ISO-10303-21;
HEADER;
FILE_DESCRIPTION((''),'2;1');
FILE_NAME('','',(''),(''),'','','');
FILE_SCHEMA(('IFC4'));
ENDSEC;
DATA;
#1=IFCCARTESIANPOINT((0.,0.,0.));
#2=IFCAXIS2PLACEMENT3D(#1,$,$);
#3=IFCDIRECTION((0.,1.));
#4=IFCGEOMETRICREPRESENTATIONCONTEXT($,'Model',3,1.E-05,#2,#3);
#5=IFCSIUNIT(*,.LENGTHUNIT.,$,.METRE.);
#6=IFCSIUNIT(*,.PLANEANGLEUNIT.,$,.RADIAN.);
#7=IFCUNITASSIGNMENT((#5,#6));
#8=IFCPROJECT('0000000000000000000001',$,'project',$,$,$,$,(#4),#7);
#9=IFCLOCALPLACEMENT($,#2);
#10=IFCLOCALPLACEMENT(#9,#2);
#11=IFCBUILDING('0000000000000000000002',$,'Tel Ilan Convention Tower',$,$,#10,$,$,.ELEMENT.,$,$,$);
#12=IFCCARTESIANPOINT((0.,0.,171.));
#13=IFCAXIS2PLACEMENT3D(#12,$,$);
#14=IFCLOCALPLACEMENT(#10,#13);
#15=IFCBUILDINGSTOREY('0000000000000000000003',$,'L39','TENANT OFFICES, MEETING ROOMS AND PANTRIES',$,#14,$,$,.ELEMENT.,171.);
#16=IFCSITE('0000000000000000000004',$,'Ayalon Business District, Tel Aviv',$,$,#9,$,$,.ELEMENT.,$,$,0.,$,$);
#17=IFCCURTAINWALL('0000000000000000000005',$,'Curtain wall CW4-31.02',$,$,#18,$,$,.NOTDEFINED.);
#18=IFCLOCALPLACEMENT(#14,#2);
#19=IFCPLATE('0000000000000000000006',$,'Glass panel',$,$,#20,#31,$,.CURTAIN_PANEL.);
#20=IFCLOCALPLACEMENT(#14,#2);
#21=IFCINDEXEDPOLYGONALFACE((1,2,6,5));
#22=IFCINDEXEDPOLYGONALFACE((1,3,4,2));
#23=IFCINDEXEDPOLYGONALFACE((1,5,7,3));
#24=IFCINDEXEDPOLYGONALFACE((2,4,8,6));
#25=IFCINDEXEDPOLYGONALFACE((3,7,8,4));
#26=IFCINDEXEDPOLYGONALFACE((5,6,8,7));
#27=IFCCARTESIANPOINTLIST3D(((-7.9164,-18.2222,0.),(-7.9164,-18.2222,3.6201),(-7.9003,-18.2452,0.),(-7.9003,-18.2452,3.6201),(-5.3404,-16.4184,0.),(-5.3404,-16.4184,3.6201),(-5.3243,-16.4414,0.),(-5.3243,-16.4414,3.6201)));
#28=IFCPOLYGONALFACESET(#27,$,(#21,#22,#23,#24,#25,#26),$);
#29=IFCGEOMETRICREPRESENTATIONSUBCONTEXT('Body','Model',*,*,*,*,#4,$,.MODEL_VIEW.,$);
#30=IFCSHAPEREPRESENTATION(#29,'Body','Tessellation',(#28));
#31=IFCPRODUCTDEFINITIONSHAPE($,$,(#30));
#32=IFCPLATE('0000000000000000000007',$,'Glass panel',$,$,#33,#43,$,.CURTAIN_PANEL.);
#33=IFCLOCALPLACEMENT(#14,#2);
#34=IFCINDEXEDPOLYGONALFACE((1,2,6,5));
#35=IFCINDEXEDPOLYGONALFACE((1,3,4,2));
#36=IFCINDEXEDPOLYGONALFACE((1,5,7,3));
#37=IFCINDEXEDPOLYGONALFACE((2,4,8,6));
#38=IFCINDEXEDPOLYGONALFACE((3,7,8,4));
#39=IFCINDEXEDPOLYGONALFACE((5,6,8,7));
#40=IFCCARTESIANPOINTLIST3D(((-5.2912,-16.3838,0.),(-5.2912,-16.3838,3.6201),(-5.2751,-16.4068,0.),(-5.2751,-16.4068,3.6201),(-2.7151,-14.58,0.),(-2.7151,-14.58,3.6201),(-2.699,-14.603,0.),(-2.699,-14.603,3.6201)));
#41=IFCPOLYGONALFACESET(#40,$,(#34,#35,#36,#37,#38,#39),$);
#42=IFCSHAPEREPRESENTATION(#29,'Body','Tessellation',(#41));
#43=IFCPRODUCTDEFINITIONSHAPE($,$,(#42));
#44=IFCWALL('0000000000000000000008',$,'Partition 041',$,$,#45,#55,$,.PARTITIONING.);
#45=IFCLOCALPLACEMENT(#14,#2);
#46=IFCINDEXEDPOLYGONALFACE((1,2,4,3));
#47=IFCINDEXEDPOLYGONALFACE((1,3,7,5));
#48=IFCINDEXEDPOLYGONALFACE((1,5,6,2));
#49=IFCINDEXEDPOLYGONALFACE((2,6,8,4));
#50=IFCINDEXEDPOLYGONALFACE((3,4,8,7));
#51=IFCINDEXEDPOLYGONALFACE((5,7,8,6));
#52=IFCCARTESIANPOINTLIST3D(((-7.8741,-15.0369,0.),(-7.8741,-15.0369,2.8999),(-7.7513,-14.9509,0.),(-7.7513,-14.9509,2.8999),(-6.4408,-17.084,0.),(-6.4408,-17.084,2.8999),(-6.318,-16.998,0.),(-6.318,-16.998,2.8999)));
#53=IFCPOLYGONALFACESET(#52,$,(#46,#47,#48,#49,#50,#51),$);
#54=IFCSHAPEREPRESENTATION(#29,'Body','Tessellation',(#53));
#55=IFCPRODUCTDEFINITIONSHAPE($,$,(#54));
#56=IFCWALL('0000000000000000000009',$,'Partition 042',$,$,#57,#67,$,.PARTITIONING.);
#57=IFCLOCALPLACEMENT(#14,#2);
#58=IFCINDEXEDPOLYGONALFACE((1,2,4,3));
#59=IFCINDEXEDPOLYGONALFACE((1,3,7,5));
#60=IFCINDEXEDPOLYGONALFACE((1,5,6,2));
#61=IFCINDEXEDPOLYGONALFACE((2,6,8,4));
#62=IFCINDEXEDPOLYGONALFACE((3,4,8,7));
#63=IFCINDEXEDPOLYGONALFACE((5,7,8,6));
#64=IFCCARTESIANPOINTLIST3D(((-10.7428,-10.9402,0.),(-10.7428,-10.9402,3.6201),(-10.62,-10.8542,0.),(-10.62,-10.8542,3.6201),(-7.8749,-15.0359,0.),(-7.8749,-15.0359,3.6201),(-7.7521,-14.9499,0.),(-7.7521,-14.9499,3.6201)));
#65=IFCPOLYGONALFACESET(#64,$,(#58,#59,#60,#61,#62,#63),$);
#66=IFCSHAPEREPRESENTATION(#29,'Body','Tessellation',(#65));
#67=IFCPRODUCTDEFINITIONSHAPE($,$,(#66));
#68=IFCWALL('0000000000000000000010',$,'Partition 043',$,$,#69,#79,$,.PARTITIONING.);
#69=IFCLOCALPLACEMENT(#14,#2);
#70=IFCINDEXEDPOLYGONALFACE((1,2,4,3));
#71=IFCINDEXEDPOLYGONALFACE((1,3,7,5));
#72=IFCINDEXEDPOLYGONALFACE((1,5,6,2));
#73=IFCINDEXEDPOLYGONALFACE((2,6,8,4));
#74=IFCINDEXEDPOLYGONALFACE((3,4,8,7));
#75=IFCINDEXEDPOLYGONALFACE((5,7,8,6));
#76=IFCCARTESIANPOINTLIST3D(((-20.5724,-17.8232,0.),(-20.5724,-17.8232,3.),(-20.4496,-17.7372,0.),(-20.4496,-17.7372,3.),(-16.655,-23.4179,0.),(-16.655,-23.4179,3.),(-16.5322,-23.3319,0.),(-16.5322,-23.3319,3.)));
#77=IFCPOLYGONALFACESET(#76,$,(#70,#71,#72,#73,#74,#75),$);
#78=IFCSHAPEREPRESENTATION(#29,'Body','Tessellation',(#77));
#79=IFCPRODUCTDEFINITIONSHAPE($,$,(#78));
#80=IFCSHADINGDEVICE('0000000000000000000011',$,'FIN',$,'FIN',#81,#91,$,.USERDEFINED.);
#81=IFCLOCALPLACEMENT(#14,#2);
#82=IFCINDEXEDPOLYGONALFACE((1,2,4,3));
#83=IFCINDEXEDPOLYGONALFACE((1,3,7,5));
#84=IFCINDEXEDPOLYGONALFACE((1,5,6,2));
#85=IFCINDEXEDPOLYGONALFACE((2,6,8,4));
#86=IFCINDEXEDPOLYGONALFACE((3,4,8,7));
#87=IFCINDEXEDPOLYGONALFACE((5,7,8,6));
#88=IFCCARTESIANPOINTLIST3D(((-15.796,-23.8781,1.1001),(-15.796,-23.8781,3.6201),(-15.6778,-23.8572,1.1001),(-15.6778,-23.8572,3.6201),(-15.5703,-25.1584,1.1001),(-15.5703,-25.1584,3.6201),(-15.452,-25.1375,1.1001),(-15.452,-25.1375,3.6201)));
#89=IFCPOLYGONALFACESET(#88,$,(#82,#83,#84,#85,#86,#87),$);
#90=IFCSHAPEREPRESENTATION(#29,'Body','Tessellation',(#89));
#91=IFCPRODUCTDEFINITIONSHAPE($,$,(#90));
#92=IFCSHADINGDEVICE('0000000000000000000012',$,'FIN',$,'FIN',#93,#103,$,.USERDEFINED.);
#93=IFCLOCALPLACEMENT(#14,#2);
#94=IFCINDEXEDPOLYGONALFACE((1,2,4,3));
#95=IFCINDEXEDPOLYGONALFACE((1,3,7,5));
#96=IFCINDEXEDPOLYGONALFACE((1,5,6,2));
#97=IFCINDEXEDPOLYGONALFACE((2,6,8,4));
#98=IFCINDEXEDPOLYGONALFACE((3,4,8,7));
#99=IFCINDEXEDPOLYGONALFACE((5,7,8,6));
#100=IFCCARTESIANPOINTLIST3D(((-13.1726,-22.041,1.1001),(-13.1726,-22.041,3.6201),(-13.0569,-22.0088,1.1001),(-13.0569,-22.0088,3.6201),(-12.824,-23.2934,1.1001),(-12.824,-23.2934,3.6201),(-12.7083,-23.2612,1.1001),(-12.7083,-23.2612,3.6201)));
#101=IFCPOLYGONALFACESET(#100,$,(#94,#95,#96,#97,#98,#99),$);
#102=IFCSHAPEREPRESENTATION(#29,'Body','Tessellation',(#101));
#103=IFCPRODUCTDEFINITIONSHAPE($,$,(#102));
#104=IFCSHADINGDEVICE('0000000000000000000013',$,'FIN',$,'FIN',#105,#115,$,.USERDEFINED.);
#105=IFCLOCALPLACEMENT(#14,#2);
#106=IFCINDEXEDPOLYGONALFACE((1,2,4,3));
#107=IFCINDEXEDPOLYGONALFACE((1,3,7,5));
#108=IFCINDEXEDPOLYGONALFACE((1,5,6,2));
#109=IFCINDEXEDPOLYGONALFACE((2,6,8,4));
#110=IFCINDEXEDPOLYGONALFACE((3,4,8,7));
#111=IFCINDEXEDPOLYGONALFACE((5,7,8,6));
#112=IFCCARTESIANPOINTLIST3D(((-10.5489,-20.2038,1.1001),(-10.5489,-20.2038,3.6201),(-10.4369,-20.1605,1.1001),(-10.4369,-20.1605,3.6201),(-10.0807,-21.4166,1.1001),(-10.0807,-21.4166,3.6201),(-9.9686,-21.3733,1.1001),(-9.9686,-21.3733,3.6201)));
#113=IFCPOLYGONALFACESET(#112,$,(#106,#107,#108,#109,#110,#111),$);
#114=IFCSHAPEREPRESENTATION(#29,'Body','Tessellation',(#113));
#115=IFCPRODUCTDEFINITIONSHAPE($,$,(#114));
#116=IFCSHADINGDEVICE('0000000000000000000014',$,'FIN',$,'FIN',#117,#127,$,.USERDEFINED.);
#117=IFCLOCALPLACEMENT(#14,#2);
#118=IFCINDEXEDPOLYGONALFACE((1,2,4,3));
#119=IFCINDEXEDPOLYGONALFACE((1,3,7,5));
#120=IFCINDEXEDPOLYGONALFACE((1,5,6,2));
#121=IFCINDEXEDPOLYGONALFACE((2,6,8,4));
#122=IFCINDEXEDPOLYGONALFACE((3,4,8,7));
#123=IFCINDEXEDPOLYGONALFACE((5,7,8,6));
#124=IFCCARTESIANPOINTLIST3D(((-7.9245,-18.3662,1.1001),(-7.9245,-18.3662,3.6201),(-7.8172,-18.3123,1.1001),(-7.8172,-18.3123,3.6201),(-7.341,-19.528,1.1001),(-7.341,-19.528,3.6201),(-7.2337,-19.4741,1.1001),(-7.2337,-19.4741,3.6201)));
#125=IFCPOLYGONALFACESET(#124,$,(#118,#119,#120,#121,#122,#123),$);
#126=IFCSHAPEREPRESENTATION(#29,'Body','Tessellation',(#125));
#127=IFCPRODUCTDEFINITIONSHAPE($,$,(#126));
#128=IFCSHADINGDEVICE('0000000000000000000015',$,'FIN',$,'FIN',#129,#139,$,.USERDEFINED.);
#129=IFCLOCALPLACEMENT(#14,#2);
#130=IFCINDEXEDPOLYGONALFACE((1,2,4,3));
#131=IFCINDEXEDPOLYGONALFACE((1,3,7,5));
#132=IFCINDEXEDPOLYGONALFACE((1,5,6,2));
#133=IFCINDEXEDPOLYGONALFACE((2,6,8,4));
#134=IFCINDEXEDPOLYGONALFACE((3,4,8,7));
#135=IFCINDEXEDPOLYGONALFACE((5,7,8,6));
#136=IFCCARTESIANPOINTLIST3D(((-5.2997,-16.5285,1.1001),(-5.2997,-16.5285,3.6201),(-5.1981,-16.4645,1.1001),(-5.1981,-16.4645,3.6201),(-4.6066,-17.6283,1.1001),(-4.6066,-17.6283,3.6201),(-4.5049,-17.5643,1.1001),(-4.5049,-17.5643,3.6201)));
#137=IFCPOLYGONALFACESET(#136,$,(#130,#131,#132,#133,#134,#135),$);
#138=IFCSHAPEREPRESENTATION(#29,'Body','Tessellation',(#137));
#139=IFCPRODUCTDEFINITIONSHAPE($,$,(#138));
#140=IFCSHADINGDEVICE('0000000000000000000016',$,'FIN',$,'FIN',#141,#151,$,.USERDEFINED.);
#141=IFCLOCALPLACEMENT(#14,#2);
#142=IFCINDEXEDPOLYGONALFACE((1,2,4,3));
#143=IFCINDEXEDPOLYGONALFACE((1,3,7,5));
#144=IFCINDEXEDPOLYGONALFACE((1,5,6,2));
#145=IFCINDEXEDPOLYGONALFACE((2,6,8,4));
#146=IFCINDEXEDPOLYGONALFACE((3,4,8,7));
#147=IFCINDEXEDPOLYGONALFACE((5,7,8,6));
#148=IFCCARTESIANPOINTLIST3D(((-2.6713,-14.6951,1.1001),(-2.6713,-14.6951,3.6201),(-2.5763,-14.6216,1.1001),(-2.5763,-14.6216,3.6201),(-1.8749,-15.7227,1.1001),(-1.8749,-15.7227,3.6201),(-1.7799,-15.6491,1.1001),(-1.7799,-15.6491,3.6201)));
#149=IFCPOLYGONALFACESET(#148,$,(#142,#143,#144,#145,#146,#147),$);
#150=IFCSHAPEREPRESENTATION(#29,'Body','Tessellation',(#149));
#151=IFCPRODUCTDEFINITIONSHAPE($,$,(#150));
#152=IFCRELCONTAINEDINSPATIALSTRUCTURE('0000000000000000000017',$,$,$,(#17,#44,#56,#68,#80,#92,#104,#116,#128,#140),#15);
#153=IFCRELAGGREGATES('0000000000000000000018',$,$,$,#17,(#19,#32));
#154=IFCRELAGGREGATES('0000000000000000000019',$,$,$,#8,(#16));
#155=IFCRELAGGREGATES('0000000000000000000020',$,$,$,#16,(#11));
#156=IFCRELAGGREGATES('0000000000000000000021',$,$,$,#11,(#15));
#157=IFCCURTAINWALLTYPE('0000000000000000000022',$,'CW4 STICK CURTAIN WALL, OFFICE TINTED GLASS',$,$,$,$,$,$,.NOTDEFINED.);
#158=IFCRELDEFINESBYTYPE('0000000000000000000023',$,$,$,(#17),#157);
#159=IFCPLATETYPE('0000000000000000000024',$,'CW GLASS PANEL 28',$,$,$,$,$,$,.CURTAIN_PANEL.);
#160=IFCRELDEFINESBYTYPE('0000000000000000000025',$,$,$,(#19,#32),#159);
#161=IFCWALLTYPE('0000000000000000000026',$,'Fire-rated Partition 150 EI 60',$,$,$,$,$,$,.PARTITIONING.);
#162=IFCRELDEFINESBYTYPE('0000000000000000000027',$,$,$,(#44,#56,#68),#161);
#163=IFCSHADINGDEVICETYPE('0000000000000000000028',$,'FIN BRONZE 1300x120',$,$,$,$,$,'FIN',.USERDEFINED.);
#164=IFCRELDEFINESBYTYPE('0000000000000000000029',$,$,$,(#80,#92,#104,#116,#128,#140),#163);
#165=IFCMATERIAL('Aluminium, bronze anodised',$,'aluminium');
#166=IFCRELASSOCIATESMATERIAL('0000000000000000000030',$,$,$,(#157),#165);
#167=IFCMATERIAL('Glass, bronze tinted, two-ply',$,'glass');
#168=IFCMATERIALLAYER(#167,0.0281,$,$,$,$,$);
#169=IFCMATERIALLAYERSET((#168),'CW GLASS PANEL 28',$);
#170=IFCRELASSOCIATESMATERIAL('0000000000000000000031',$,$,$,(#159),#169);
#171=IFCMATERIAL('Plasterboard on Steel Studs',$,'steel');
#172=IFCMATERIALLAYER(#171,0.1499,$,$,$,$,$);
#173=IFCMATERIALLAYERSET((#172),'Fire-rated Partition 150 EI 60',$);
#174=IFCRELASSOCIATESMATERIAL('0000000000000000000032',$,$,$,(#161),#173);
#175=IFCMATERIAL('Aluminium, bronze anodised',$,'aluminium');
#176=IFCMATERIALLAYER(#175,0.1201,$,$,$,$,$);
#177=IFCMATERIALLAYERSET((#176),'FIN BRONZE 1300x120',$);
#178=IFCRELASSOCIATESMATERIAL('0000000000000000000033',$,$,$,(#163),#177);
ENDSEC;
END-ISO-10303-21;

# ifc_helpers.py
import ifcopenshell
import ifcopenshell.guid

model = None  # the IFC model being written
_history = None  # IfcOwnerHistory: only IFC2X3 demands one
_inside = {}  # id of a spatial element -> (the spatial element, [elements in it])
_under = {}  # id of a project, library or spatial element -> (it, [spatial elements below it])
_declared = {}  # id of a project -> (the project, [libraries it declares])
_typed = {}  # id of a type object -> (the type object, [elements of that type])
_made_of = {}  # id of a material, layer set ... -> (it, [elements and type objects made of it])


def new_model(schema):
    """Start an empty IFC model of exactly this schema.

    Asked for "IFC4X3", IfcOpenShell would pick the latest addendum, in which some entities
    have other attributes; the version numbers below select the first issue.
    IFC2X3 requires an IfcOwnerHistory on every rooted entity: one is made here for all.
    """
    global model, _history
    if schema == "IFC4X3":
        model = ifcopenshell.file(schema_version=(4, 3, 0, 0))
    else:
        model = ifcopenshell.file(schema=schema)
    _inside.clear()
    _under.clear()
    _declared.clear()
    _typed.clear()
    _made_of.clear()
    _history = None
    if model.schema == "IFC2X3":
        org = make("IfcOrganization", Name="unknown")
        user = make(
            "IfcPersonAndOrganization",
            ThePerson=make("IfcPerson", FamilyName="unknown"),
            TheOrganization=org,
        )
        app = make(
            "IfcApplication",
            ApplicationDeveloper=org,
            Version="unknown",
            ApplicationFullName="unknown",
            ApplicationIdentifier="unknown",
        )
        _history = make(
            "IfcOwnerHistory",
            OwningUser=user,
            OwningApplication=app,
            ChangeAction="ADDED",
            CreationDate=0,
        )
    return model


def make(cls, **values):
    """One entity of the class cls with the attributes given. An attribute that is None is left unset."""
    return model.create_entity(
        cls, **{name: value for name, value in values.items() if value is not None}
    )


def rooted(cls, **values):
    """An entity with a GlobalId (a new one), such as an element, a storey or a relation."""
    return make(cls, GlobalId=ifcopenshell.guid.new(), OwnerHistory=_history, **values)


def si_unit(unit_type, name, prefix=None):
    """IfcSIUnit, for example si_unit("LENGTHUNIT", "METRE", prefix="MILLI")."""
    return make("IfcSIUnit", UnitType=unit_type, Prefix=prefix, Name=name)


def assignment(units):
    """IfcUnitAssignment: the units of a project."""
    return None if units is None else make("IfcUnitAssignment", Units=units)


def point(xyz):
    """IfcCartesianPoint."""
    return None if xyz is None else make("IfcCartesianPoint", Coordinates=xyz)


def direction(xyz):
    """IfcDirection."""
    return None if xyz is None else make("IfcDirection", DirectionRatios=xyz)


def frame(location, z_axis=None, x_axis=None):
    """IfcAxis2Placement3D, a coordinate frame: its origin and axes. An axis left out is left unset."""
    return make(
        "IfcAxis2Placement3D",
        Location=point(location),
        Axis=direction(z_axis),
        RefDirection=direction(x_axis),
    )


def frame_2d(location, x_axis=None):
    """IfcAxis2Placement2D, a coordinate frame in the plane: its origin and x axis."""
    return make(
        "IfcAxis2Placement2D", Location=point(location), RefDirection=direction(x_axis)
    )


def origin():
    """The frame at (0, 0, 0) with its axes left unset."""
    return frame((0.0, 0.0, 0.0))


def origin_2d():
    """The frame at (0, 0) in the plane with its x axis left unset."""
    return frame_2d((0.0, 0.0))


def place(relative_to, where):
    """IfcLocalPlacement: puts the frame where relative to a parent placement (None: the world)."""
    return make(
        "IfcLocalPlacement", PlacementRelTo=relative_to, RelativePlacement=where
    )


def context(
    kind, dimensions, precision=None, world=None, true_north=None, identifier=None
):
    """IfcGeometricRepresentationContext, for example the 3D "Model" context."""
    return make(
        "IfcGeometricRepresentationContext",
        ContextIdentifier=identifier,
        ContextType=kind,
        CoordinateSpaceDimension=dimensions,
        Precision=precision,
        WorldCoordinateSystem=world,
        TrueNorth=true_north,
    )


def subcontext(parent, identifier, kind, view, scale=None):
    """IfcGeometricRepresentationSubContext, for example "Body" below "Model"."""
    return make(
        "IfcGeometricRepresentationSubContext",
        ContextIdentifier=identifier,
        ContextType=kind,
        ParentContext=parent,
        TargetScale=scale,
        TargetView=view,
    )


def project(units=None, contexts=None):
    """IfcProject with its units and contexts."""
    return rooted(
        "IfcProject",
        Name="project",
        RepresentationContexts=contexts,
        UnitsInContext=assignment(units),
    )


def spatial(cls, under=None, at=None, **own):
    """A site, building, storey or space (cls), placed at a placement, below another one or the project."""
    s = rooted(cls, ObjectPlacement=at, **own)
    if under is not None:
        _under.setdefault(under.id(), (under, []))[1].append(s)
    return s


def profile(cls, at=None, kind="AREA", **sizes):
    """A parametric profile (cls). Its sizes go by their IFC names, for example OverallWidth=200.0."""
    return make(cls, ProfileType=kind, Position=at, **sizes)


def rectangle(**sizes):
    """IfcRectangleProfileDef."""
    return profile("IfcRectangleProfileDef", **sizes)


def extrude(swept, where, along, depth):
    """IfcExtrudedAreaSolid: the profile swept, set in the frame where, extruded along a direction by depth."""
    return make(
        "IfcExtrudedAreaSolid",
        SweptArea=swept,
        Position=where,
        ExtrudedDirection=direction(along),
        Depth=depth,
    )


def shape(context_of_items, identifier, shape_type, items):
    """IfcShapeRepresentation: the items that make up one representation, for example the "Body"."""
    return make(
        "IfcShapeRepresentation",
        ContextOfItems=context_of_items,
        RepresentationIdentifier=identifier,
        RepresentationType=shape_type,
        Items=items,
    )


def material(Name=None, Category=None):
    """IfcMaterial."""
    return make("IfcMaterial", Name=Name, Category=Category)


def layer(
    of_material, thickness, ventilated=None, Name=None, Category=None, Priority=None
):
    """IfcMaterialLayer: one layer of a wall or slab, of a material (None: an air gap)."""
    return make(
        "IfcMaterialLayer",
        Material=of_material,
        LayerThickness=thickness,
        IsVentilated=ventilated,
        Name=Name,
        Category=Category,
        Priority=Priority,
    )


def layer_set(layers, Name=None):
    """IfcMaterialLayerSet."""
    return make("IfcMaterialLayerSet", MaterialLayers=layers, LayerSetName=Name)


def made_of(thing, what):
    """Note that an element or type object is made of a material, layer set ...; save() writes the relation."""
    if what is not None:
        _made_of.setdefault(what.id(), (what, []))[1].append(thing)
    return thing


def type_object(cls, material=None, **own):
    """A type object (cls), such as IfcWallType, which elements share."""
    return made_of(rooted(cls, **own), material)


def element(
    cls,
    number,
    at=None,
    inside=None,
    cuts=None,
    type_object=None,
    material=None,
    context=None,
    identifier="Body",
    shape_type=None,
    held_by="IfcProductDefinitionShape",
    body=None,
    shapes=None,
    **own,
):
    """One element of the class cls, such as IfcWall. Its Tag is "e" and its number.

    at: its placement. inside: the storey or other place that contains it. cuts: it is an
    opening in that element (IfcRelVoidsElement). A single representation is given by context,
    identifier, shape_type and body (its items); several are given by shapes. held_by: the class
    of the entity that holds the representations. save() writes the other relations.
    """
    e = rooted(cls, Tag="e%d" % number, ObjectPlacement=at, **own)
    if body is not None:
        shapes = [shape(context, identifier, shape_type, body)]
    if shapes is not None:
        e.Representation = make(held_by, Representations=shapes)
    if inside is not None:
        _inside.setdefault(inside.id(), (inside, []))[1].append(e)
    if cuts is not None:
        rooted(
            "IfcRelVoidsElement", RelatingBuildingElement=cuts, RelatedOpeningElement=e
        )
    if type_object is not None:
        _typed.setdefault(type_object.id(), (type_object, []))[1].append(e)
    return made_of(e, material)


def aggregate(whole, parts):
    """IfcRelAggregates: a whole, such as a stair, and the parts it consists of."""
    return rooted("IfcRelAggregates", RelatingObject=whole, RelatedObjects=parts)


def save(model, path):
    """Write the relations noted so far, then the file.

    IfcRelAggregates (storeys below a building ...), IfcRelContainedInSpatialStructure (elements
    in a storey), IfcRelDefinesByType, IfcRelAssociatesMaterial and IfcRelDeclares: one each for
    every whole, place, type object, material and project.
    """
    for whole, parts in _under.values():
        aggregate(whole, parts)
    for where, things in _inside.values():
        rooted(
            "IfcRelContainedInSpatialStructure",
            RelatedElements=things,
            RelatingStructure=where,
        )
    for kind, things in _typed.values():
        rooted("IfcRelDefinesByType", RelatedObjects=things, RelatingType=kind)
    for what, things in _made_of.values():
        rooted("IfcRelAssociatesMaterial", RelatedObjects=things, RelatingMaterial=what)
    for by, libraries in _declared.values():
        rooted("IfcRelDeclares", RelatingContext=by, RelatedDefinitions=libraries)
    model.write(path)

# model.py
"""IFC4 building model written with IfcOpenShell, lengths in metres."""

from ifc_helpers import new_model, si_unit, direction, frame, frame_2d, origin, origin_2d, place, context, subcontext, project, spatial, rectangle, extrude, material, layer, layer_set, type_object, element, aggregate, save


model = new_model("IFC4")

# Units and contexts
model_context = context("Model", 3, precision=1e-05, world=origin(), true_north=direction((0.0, 1.0)))
body_context = subcontext(model_context, "Body", "Model", "MODEL_VIEW")
ifc_project = project(units=[si_unit("LENGTHUNIT", "METRE"), si_unit("PLANEANGLEUNIT", "RADIAN")], contexts=[model_context])

# Site, building, storey
site_placement = place(None, origin())
site = spatial("IfcSite", under=ifc_project, at=site_placement, Name="Ayalon Business District, Tel Aviv", CompositionType="ELEMENT", RefElevation=0.0)
building_placement = place(site_placement, origin())
building = spatial("IfcBuilding", under=site, at=building_placement, Name="Tel Ilan Convention Tower", CompositionType="ELEMENT")
storey_placement = place(building_placement, frame((0.0, 0.0, 171.0)))
storey = spatial("IfcBuildingStorey", under=building, at=storey_placement, Name="L39", Description="TENANT OFFICES, MEETING ROOMS AND PANTRIES", CompositionType="ELEMENT", Elevation=171.0)

# Curtain wall, plates
ifc_material_1 = material(Name="Aluminium, bronze anodised", Category="aluminium")
curtain_wall_type = type_object("IfcCurtainWallType", Name="CW4 STICK CURTAIN WALL, OFFICE TINTED GLASS", PredefinedType="NOTDEFINED", material=ifc_material_1)
curtain_wall_placement = place(storey_placement, origin())
curtain_wall = element("IfcCurtainWall", 1, at=curtain_wall_placement, inside=storey, type_object=curtain_wall_type, Name="Curtain wall CW4-31.02", PredefinedType="NOTDEFINED")
ifc_material_2 = material(Name="Glass, bronze tinted, two-ply", Category="glass")
ifc_layer_1 = layer(ifc_material_2, 0.0281)
ifc_layer_set_1 = layer_set([ifc_layer_1], Name="CW GLASS PANEL 28")
plate_type = type_object("IfcPlateType", Name="CW GLASS PANEL 28", PredefinedType="CURTAIN_PANEL", material=ifc_layer_set_1)
plate_1_placement = place(storey_placement, frame((-6.6204, -17.3318, 0.0), z_axis=(0.0, 0.0, 1.0), x_axis=(0.819152, 0.573576, 0.0)))
plate_1 = element("IfcPlate", 2, at=plate_1_placement, type_object=plate_type, Name="Glass panel", PredefinedType="CURTAIN_PANEL", context=body_context, shape_type="SweptSolid", body=[
    extrude(rectangle(XDim=3.1448, YDim=0.0281, at=origin_2d()), origin(), (0.0, 0.0, 1.0), 3.6201),
])
plate_2_placement = place(storey_placement, frame((-3.9951, -15.4934, 0.0), z_axis=(0.0, 0.0, 1.0), x_axis=(0.819152, 0.573576, 0.0)))
plate_2 = element("IfcPlate", 3, at=plate_2_placement, type_object=plate_type, Name="Glass panel", PredefinedType="CURTAIN_PANEL", context=body_context, shape_type="SweptSolid", body=[
    extrude(rectangle(XDim=3.1448, YDim=0.0281, at=origin_2d()), origin(), (0.0, 0.0, 1.0), 3.6201),
])
aggregate(curtain_wall, [plate_1, plate_2])

# Walls
ifc_material_3 = material(Name="Plasterboard on Steel Studs", Category="steel")
ifc_layer_2 = layer(ifc_material_3, 0.1499)
ifc_layer_set_2 = layer_set([ifc_layer_2], Name="Fire-rated Partition 150 EI 60")
wall_type = type_object("IfcWallType", Name="Fire-rated Partition 150 EI 60", PredefinedType="PARTITIONING", material=ifc_layer_set_2)
wall_1_placement = place(storey_placement, frame((-6.3794, -17.041, 0.0), z_axis=(0.0, 0.0, 1.0), x_axis=(-0.573561, 0.819163, 0.0)))
element("IfcWall", 4, at=wall_1_placement, inside=storey, type_object=wall_type, Name="Partition 041", PredefinedType="PARTITIONING", context=body_context, shape_type="SweptSolid", body=[
    extrude(rectangle(XDim=2.499, YDim=0.1499, at=frame_2d((1.2495, 0.0))), origin(), (0.0, 0.0, 1.0), 2.8999),
])
wall_2_placement = place(storey_placement, frame((-7.8135, -14.9929, 0.0), z_axis=(0.0, 0.0, 1.0), x_axis=(-0.573587, 0.819145, 0.0)))
element("IfcWall", 5, at=wall_2_placement, inside=storey, type_object=wall_type, Name="Partition 042", PredefinedType="PARTITIONING", context=body_context, shape_type="SweptSolid", body=[
    extrude(rectangle(XDim=5.0, YDim=0.1499, at=frame_2d((2.5, 0.0))), origin(), (0.0, 0.0, 1.0), 3.6201),
])
wall_3_placement = place(storey_placement, frame((-16.5935, -23.375, 0.0), z_axis=(0.0, 0.0, 1.0), x_axis=(-0.573577, 0.819151, 0.0)))
element("IfcWall", 6, at=wall_3_placement, inside=storey, type_object=wall_type, Name="Partition 043", PredefinedType="PARTITIONING", context=body_context, shape_type="SweptSolid", body=[
    extrude(rectangle(XDim=6.8298, YDim=0.1499, at=frame_2d((3.415, 0.0))), origin(), (0.0, 0.0, 1.0), 3.0),
])

# Shading devices
ifc_material_4 = material(Name="Aluminium, bronze anodised", Category="aluminium")
ifc_layer_3 = layer(ifc_material_4, 0.1201)
ifc_layer_set_3 = layer_set([ifc_layer_3], Name="FIN BRONZE 1300x120")
shading_device_type = type_object("IfcShadingDeviceType", Name="FIN BRONZE 1300x120", ElementType="FIN", PredefinedType="USERDEFINED", material=ifc_layer_set_3)
for number, where, z_axis, x_axis, name in (
    (7, (-15.624, -24.5078, 1.1001), (0.0, 0.0, 1.0), (0.173648, -0.984808, 0.0), "FIN"),
    (8, (-12.9404, -22.6511, 1.1001), (0.0, 0.0, 1.0), (0.268173, -0.963371, 0.0), "FIN"),
    (9, (-10.2588, -20.7886, 1.1001), (0.0, 0.0, 1.0), (0.360178, -0.932884, 0.0), "FIN"),
    (10, (-7.5791, -18.9202, 1.1001), (0.0, 0.0, 1.0), (0.448799, -0.893633, 0.0), "FIN"),
    (11, (-4.9023, -17.0464, 1.1001), (0.0, 0.0, 1.0), (0.533204, -0.845986, 0.0), "FIN"),
    (12, (-2.2256, -15.1721, 1.1001), (0.0, 0.0, 1.0), (0.612601, -0.790393, 0.0), "FIN"),
):
    element("IfcShadingDevice", number, at=place(storey_placement, frame(where, z_axis=z_axis, x_axis=x_axis)), inside=storey, type_object=shading_device_type, Name=name, ObjectType="FIN", PredefinedType="USERDEFINED", context=body_context, shape_type="SweptSolid", body=[
        extrude(rectangle(XDim=1.3, YDim=0.1201, at=origin_2d()), origin(), (0.0, 0.0, 1.0), 2.52),
    ])

save(model, "model.ifc")
